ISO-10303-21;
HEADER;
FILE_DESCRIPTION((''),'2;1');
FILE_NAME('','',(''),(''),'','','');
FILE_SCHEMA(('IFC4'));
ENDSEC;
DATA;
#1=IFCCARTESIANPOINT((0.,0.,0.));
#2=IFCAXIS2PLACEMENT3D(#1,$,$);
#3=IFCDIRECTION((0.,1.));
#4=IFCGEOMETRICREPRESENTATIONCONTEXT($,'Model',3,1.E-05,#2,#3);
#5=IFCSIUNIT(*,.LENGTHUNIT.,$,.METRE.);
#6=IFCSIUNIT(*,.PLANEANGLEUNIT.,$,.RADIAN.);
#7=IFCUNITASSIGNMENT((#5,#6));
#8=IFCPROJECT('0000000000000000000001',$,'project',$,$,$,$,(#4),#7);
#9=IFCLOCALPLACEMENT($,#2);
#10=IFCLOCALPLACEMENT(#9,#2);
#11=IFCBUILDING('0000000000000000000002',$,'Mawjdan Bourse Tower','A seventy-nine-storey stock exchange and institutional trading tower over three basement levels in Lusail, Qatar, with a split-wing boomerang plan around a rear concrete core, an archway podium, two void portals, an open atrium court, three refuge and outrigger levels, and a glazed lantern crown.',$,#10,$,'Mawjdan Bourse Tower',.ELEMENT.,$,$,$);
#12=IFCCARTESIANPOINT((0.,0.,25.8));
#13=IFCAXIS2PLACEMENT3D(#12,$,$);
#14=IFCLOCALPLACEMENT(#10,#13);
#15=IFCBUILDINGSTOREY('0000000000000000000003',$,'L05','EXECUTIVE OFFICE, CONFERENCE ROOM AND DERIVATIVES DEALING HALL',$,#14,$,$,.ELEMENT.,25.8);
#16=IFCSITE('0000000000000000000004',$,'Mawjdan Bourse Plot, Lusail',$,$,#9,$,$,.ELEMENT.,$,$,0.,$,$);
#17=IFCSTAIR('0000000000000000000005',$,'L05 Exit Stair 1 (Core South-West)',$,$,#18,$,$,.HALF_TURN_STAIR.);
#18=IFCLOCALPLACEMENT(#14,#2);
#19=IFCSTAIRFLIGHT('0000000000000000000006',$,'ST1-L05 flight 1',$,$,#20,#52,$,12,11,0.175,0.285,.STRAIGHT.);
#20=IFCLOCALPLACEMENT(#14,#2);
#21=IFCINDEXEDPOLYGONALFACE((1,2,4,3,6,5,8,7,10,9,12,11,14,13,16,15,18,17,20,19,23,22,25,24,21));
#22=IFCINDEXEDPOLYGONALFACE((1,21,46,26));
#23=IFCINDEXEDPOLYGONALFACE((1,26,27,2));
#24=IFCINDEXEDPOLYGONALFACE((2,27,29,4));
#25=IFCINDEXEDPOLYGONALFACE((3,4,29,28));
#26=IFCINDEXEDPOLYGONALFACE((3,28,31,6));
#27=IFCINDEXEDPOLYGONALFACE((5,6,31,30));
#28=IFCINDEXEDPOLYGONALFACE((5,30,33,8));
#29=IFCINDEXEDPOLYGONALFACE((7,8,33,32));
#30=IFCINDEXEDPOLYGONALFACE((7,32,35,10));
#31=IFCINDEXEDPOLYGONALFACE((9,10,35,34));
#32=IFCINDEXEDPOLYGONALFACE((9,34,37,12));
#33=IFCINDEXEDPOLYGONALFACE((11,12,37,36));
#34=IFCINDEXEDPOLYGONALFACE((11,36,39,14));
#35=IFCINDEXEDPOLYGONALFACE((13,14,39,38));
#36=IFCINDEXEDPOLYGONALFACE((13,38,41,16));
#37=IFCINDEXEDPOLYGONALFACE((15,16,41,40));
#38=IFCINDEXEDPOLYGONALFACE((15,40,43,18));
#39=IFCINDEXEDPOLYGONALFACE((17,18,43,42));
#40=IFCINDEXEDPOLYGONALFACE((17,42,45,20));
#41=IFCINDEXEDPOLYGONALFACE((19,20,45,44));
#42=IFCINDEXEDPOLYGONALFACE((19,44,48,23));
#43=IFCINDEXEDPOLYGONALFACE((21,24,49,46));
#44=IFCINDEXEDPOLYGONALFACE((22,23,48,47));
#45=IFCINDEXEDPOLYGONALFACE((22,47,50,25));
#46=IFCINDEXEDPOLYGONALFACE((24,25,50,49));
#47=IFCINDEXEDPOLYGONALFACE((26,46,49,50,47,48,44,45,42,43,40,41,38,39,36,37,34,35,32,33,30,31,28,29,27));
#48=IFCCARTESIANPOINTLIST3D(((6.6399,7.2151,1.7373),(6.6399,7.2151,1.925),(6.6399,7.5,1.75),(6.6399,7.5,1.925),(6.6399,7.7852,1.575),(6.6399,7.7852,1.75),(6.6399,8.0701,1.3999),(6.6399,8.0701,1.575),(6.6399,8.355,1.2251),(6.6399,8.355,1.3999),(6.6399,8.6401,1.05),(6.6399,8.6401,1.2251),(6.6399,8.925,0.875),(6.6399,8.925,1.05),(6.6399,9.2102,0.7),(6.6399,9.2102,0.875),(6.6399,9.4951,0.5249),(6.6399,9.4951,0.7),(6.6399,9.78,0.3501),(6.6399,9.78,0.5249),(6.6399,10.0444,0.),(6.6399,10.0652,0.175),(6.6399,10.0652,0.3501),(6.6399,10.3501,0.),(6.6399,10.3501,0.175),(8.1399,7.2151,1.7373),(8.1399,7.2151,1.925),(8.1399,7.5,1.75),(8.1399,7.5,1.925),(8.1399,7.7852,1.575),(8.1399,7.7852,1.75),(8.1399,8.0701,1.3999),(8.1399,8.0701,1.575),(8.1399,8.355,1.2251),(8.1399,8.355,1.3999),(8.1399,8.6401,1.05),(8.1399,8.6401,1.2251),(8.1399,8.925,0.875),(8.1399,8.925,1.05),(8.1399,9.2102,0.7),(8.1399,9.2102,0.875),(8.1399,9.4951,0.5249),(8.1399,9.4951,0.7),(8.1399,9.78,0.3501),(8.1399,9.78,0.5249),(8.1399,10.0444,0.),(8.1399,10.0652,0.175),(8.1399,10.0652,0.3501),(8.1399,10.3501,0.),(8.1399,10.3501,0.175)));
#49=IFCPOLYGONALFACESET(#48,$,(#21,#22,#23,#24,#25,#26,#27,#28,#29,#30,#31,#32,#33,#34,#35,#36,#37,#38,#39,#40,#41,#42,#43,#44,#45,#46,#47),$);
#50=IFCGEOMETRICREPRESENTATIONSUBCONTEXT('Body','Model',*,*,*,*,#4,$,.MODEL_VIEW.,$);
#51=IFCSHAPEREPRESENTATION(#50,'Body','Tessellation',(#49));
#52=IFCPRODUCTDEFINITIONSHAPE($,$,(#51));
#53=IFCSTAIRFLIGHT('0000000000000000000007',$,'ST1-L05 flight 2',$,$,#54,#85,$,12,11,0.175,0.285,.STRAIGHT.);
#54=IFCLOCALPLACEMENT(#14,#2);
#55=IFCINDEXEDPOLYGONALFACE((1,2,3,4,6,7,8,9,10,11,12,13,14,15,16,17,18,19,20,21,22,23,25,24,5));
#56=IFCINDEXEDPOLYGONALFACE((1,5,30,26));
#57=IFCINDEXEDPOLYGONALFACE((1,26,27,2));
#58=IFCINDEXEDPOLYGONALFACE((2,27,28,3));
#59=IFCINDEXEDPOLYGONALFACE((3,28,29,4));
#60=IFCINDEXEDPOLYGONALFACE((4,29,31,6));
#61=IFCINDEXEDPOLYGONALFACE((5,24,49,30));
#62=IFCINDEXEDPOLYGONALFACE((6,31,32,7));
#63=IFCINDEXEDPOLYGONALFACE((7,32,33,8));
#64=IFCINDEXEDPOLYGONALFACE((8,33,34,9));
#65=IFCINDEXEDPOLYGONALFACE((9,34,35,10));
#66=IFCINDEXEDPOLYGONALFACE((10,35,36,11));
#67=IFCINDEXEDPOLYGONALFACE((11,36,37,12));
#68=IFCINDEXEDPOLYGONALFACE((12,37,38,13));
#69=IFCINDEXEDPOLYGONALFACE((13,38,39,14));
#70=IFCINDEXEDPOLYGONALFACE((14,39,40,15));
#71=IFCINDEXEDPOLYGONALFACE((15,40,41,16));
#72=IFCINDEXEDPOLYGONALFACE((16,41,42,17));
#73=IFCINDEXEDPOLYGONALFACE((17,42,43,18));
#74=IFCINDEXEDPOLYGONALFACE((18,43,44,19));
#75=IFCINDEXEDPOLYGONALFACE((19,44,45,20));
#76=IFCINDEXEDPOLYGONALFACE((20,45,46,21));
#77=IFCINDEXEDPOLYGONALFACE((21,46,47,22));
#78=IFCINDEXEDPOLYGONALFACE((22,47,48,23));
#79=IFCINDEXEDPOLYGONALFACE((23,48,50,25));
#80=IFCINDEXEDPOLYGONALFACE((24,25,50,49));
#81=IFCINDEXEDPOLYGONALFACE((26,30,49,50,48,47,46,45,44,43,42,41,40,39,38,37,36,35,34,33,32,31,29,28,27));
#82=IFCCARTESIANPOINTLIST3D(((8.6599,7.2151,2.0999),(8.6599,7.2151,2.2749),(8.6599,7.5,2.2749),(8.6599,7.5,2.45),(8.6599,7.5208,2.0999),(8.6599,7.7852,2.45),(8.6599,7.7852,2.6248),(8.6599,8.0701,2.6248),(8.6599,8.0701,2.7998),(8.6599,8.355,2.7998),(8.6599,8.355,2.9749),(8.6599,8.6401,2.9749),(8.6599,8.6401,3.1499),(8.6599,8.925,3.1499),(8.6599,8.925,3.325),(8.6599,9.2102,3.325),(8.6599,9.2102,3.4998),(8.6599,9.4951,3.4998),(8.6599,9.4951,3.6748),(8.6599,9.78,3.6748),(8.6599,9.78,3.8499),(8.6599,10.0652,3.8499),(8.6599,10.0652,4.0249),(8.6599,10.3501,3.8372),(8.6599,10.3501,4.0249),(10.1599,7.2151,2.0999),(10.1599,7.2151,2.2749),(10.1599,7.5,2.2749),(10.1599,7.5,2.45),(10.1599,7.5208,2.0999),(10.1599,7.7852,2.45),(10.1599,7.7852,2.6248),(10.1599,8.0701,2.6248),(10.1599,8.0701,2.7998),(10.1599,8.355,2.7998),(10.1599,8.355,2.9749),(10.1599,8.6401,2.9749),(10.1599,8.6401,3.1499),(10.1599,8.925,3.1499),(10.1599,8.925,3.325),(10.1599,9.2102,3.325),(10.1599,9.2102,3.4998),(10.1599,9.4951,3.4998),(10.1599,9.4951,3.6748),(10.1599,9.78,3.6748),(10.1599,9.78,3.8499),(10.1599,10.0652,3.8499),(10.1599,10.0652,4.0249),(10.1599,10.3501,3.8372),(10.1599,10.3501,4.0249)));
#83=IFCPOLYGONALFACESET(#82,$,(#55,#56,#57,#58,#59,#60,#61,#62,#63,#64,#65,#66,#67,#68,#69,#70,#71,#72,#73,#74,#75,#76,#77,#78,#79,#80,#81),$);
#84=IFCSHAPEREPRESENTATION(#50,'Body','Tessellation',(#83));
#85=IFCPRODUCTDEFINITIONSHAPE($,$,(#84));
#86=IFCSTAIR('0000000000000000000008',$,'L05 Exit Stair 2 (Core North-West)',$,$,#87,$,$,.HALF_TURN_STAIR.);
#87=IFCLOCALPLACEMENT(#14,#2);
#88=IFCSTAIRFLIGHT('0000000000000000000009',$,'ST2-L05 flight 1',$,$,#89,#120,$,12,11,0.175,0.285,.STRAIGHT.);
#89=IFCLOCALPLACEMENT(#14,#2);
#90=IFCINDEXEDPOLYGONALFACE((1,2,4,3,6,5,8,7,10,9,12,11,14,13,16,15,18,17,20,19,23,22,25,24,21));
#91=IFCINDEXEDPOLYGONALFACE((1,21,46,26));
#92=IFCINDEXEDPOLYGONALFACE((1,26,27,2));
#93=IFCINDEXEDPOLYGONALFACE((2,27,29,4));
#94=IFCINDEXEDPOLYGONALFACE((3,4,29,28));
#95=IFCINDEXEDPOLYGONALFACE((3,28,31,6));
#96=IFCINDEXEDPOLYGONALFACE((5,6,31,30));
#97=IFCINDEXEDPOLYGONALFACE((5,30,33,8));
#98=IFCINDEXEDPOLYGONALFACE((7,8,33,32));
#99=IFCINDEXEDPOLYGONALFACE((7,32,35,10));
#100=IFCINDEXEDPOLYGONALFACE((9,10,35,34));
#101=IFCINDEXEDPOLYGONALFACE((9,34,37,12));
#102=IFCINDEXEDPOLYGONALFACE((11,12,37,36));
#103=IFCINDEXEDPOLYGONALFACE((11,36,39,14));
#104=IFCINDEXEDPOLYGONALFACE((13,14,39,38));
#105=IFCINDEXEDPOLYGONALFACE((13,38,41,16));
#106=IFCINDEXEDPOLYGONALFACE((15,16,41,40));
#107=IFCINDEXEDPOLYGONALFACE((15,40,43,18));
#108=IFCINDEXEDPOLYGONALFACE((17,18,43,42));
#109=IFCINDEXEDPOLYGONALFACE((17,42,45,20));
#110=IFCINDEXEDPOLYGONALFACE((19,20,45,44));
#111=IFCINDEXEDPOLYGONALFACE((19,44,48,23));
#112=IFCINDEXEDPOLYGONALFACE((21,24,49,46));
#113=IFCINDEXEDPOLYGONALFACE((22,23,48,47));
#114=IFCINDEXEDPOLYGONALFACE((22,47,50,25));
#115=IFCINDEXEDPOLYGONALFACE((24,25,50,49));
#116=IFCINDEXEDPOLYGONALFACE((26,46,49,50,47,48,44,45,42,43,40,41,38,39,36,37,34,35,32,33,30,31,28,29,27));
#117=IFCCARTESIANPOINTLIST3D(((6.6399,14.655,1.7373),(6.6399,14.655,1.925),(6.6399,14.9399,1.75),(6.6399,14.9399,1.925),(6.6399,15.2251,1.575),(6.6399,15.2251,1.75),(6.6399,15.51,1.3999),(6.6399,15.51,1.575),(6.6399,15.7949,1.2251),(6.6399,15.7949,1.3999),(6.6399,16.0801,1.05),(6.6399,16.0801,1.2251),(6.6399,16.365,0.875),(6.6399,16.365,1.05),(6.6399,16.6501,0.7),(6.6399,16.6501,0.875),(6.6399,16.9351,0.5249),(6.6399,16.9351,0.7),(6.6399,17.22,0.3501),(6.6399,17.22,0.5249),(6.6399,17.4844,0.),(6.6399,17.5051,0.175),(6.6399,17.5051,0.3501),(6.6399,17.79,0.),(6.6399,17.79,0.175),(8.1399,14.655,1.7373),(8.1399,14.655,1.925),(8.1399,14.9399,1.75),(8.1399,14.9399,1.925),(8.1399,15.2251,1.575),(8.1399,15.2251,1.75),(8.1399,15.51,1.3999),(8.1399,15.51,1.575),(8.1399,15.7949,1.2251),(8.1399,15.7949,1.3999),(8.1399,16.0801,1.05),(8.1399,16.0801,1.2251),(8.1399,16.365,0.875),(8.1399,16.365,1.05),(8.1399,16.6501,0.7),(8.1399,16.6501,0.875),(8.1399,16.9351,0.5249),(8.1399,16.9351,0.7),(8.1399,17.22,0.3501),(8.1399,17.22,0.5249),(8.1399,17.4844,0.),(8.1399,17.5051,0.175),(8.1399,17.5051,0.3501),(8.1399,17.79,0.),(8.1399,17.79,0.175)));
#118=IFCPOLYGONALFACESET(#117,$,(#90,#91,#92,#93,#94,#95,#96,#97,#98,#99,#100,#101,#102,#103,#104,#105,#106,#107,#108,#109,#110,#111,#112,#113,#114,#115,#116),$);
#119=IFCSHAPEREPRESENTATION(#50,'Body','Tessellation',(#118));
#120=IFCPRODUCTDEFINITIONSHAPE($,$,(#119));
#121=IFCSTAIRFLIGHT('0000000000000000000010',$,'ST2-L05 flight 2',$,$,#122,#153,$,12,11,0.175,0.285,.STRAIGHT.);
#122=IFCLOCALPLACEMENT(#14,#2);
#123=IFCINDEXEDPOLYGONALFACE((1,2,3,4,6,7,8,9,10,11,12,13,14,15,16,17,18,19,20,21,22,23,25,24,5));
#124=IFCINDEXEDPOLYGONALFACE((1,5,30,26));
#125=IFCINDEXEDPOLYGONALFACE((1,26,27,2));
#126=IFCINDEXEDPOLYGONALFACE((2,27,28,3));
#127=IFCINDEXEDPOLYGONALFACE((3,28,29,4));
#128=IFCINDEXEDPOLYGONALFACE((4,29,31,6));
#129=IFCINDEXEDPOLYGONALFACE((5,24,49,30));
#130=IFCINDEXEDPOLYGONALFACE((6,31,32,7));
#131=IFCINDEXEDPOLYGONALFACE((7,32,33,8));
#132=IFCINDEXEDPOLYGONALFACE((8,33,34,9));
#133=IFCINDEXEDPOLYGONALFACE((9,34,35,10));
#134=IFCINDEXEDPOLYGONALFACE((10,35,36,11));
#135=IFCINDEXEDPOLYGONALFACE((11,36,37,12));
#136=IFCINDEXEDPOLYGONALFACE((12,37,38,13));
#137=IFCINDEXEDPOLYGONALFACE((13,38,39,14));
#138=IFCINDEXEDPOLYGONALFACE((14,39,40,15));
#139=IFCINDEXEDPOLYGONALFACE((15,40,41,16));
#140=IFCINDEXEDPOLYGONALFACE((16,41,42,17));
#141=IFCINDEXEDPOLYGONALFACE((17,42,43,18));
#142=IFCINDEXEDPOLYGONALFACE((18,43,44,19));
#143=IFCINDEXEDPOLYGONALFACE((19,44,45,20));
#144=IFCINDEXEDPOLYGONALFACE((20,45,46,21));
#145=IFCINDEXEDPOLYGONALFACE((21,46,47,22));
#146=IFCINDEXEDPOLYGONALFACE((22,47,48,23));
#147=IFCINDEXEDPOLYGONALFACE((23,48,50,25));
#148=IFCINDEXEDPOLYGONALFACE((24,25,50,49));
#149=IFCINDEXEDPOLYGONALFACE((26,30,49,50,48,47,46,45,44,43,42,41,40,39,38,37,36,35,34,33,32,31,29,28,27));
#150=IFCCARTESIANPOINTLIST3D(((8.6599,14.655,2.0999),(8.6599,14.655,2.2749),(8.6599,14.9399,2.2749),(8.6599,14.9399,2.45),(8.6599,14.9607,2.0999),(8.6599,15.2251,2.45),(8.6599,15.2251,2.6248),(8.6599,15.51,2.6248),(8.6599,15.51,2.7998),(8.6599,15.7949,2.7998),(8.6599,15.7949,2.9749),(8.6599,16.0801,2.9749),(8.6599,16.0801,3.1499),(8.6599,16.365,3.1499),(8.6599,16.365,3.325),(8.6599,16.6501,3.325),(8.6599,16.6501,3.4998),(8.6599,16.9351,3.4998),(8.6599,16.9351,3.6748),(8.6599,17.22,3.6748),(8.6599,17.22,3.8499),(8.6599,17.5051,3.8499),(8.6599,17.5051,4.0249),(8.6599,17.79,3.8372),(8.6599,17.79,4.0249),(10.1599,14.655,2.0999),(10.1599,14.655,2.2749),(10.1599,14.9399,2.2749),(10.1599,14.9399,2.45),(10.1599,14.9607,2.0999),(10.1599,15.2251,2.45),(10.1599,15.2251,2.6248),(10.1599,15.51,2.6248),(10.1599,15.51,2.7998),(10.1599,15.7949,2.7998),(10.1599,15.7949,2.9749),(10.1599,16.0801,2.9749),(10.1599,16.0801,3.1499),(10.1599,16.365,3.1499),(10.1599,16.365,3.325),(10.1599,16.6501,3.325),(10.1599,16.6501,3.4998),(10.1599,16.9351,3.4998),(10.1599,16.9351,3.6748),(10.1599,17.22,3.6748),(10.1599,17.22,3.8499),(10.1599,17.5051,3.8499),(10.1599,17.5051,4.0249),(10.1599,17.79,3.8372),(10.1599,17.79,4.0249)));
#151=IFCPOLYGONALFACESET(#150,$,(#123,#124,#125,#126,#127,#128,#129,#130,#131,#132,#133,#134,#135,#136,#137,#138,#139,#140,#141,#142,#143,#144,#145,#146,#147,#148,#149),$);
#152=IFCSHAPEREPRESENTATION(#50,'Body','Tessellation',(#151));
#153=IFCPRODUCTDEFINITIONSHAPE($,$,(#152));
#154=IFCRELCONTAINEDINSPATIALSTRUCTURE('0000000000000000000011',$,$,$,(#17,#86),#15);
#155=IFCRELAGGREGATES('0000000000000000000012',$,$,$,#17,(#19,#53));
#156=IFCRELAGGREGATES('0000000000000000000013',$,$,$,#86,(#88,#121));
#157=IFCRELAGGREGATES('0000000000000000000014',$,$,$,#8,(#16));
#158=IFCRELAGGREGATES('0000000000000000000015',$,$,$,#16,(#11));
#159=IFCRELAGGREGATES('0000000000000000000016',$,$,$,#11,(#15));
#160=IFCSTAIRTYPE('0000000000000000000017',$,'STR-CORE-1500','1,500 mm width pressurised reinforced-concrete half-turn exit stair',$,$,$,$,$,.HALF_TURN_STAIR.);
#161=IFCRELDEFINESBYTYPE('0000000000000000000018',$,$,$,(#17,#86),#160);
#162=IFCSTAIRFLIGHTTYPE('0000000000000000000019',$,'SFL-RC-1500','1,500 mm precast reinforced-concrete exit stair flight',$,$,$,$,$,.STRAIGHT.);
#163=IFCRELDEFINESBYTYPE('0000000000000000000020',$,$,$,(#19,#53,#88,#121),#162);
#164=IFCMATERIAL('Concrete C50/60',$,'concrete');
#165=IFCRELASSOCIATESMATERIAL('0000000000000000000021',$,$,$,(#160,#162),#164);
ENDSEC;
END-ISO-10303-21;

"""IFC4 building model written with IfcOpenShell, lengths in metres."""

from ifc_helpers import new_model, si_unit, direction, frame, origin, place, context, subcontext, project, spatial, polyline, outline, extrude, material, type_object, element, aggregate, save


model = new_model("IFC4")

# Units and contexts
model_context = context("Model", 3, precision=1e-05, world=origin(), true_north=direction((0.0, 1.0)))
body_context = subcontext(model_context, "Body", "Model", "MODEL_VIEW")
ifc_project = project(units=[si_unit("LENGTHUNIT", "METRE"), si_unit("PLANEANGLEUNIT", "RADIAN")], contexts=[model_context])

# Site, building, storey
site_placement = place(None, origin())
site = spatial("IfcSite", under=ifc_project, at=site_placement, Name="Mawjdan Bourse Plot, Lusail", CompositionType="ELEMENT", RefElevation=0.0)
building_placement = place(site_placement, origin())
building = spatial("IfcBuilding", under=site, at=building_placement, Name="Mawjdan Bourse Tower", Description="A seventy-nine-storey stock exchange and institutional trading tower over three basement levels in Lusail, Qatar, with a split-wing boomerang plan around a rear concrete core, an archway podium, two void portals, an open atrium court, three refuge and outrigger levels, and a glazed lantern crown.", LongName="Mawjdan Bourse Tower", CompositionType="ELEMENT")
storey_placement = place(building_placement, frame((0.0, 0.0, 25.8)))
storey = spatial("IfcBuildingStorey", under=building, at=storey_placement, Name="L05", Description="EXECUTIVE OFFICE, CONFERENCE ROOM AND DERIVATIVES DEALING HALL", CompositionType="ELEMENT", Elevation=25.8)

# Shared definitions
ifc_material_1 = material(Name="Concrete C50/60", Category="concrete")

# Stairs, stair flights
stair_type = type_object("IfcStairType", Name="STR-CORE-1500", Description="1,500 mm width pressurised reinforced-concrete half-turn exit stair", PredefinedType="HALF_TURN_STAIR", material=ifc_material_1)
stair_1_placement = place(storey_placement, origin())
stair_1 = element("IfcStair", 1, at=stair_1_placement, inside=storey, type_object=stair_type, Name="L05 Exit Stair 1 (Core South-West)", PredefinedType="HALF_TURN_STAIR")
stair_flight_type = type_object("IfcStairFlightType", Name="SFL-RC-1500", Description="1,500 mm precast reinforced-concrete exit stair flight", PredefinedType="STRAIGHT", material=ifc_material_1)
stair_flight_1_placement = place(storey_placement, frame((7.3899, 10.3501, 0.0), z_axis=(0.0, 0.0, 1.0), x_axis=(0.0, -1.0, 0.0)))
stair_flight_1 = element("IfcStairFlight", 2, at=stair_flight_1_placement, type_object=stair_flight_type, Name="ST1-L05 flight 1", NumberOfRisers=12, NumberOfTreads=11, PredefinedType="STRAIGHT", RiserHeight=0.175, TreadLength=0.285, context=body_context, shape_type="SweptSolid", body=[
    extrude(outline(polyline([(0.0, 0.0), (0.0, 0.175), (0.2849, 0.175), (0.2849, 0.3501), (0.5701, 0.3501), (0.5701, 0.5249), (0.855, 0.5249), (0.855, 0.7), (1.1399, 0.7), (1.1399, 0.875), (1.425, 0.875), (1.425, 1.05), (1.71, 1.05), (1.71, 1.2251), (1.9951, 1.2251), (1.9951, 1.3999), (2.28, 1.3999), (2.28, 1.575), (2.5649, 1.575), (2.5649, 1.75), (2.8501, 1.75), (2.8501, 1.925), (3.135, 1.925), (3.135, 2.1001), (3.135, 1.7373), (0.3057, 0.0), (0.0, 0.0)])), frame((0.0, 0.75, 0.0), z_axis=(0.0, -1.0, 0.0), x_axis=(1.0, 0.0, 0.0)), (0.0, 0.0, 1.0), 1.5),
])
stair_flight_2_placement = place(storey_placement, frame((9.4099, 7.2151, 2.0999), z_axis=(0.0, 0.0, 1.0), x_axis=(0.0, 1.0, 0.0)))
stair_flight_2 = element("IfcStairFlight", 3, at=stair_flight_2_placement, type_object=stair_flight_type, Name="ST1-L05 flight 2", NumberOfRisers=12, NumberOfTreads=11, PredefinedType="STRAIGHT", RiserHeight=0.175, TreadLength=0.285, context=body_context, shape_type="SweptSolid", body=[
    extrude(outline(polyline([(0.0, 0.0), (0.0, 0.175), (0.2849, 0.175), (0.2849, 0.3501), (0.5701, 0.3501), (0.5701, 0.5249), (0.855, 0.5249), (0.855, 0.7), (1.1399, 0.7), (1.1399, 0.875), (1.425, 0.875), (1.425, 1.05), (1.71, 1.05), (1.71, 1.2251), (1.9951, 1.2251), (1.9951, 1.3999), (2.28, 1.3999), (2.28, 1.575), (2.5649, 1.575), (2.5649, 1.75), (2.8501, 1.75), (2.8501, 1.925), (3.135, 1.925), (3.135, 2.1001), (3.135, 1.7373), (0.3057, 0.0), (0.0, 0.0)])), frame((0.0, 0.75, 0.0), z_axis=(0.0, -1.0, 0.0), x_axis=(1.0, 0.0, 0.0)), (0.0, 0.0, 1.0), 1.5),
])
aggregate(stair_1, [stair_flight_1, stair_flight_2])
stair_2_placement = place(storey_placement, origin())
stair_2 = element("IfcStair", 4, at=stair_2_placement, inside=storey, type_object=stair_type, Name="L05 Exit Stair 2 (Core North-West)", PredefinedType="HALF_TURN_STAIR")
stair_flight_3_placement = place(storey_placement, frame((7.3899, 17.79, 0.0), z_axis=(0.0, 0.0, 1.0), x_axis=(0.0, -1.0, 0.0)))
stair_flight_3 = element("IfcStairFlight", 5, at=stair_flight_3_placement, type_object=stair_flight_type, Name="ST2-L05 flight 1", NumberOfRisers=12, NumberOfTreads=11, PredefinedType="STRAIGHT", RiserHeight=0.175, TreadLength=0.285, context=body_context, shape_type="SweptSolid", body=[
    extrude(outline(polyline([(0.0, 0.0), (0.0, 0.175), (0.2849, 0.175), (0.2849, 0.3501), (0.5701, 0.3501), (0.5701, 0.5249), (0.855, 0.5249), (0.855, 0.7), (1.1399, 0.7), (1.1399, 0.875), (1.425, 0.875), (1.425, 1.05), (1.71, 1.05), (1.71, 1.2251), (1.9951, 1.2251), (1.9951, 1.3999), (2.28, 1.3999), (2.28, 1.575), (2.5649, 1.575), (2.5649, 1.75), (2.8501, 1.75), (2.8501, 1.925), (3.135, 1.925), (3.135, 2.1001), (3.135, 1.7373), (0.3057, 0.0), (0.0, 0.0)])), frame((0.0, 0.75, 0.0), z_axis=(0.0, -1.0, 0.0), x_axis=(1.0, 0.0, 0.0)), (0.0, 0.0, 1.0), 1.5),
])
stair_flight_4_placement = place(storey_placement, frame((9.4099, 14.655, 2.0999), z_axis=(0.0, 0.0, 1.0), x_axis=(0.0, 1.0, 0.0)))
stair_flight_4 = element("IfcStairFlight", 6, at=stair_flight_4_placement, type_object=stair_flight_type, Name="ST2-L05 flight 2", NumberOfRisers=12, NumberOfTreads=11, PredefinedType="STRAIGHT", RiserHeight=0.175, TreadLength=0.285, context=body_context, shape_type="SweptSolid", body=[
    extrude(outline(polyline([(0.0, 0.0), (0.0, 0.175), (0.2849, 0.175), (0.2849, 0.3501), (0.5701, 0.3501), (0.5701, 0.5249), (0.855, 0.5249), (0.855, 0.7), (1.1399, 0.7), (1.1399, 0.875), (1.425, 0.875), (1.425, 1.05), (1.71, 1.05), (1.71, 1.2251), (1.9951, 1.2251), (1.9951, 1.3999), (2.28, 1.3999), (2.28, 1.575), (2.5649, 1.575), (2.5649, 1.75), (2.8501, 1.75), (2.8501, 1.925), (3.135, 1.925), (3.135, 2.1001), (3.135, 1.7373), (0.3057, 0.0), (0.0, 0.0)])), frame((0.0, 0.75, 0.0), z_axis=(0.0, -1.0, 0.0), x_axis=(1.0, 0.0, 0.0)), (0.0, 0.0, 1.0), 1.5),
])
aggregate(stair_2, [stair_flight_3, stair_flight_4])

save(model, "model.ifc")
